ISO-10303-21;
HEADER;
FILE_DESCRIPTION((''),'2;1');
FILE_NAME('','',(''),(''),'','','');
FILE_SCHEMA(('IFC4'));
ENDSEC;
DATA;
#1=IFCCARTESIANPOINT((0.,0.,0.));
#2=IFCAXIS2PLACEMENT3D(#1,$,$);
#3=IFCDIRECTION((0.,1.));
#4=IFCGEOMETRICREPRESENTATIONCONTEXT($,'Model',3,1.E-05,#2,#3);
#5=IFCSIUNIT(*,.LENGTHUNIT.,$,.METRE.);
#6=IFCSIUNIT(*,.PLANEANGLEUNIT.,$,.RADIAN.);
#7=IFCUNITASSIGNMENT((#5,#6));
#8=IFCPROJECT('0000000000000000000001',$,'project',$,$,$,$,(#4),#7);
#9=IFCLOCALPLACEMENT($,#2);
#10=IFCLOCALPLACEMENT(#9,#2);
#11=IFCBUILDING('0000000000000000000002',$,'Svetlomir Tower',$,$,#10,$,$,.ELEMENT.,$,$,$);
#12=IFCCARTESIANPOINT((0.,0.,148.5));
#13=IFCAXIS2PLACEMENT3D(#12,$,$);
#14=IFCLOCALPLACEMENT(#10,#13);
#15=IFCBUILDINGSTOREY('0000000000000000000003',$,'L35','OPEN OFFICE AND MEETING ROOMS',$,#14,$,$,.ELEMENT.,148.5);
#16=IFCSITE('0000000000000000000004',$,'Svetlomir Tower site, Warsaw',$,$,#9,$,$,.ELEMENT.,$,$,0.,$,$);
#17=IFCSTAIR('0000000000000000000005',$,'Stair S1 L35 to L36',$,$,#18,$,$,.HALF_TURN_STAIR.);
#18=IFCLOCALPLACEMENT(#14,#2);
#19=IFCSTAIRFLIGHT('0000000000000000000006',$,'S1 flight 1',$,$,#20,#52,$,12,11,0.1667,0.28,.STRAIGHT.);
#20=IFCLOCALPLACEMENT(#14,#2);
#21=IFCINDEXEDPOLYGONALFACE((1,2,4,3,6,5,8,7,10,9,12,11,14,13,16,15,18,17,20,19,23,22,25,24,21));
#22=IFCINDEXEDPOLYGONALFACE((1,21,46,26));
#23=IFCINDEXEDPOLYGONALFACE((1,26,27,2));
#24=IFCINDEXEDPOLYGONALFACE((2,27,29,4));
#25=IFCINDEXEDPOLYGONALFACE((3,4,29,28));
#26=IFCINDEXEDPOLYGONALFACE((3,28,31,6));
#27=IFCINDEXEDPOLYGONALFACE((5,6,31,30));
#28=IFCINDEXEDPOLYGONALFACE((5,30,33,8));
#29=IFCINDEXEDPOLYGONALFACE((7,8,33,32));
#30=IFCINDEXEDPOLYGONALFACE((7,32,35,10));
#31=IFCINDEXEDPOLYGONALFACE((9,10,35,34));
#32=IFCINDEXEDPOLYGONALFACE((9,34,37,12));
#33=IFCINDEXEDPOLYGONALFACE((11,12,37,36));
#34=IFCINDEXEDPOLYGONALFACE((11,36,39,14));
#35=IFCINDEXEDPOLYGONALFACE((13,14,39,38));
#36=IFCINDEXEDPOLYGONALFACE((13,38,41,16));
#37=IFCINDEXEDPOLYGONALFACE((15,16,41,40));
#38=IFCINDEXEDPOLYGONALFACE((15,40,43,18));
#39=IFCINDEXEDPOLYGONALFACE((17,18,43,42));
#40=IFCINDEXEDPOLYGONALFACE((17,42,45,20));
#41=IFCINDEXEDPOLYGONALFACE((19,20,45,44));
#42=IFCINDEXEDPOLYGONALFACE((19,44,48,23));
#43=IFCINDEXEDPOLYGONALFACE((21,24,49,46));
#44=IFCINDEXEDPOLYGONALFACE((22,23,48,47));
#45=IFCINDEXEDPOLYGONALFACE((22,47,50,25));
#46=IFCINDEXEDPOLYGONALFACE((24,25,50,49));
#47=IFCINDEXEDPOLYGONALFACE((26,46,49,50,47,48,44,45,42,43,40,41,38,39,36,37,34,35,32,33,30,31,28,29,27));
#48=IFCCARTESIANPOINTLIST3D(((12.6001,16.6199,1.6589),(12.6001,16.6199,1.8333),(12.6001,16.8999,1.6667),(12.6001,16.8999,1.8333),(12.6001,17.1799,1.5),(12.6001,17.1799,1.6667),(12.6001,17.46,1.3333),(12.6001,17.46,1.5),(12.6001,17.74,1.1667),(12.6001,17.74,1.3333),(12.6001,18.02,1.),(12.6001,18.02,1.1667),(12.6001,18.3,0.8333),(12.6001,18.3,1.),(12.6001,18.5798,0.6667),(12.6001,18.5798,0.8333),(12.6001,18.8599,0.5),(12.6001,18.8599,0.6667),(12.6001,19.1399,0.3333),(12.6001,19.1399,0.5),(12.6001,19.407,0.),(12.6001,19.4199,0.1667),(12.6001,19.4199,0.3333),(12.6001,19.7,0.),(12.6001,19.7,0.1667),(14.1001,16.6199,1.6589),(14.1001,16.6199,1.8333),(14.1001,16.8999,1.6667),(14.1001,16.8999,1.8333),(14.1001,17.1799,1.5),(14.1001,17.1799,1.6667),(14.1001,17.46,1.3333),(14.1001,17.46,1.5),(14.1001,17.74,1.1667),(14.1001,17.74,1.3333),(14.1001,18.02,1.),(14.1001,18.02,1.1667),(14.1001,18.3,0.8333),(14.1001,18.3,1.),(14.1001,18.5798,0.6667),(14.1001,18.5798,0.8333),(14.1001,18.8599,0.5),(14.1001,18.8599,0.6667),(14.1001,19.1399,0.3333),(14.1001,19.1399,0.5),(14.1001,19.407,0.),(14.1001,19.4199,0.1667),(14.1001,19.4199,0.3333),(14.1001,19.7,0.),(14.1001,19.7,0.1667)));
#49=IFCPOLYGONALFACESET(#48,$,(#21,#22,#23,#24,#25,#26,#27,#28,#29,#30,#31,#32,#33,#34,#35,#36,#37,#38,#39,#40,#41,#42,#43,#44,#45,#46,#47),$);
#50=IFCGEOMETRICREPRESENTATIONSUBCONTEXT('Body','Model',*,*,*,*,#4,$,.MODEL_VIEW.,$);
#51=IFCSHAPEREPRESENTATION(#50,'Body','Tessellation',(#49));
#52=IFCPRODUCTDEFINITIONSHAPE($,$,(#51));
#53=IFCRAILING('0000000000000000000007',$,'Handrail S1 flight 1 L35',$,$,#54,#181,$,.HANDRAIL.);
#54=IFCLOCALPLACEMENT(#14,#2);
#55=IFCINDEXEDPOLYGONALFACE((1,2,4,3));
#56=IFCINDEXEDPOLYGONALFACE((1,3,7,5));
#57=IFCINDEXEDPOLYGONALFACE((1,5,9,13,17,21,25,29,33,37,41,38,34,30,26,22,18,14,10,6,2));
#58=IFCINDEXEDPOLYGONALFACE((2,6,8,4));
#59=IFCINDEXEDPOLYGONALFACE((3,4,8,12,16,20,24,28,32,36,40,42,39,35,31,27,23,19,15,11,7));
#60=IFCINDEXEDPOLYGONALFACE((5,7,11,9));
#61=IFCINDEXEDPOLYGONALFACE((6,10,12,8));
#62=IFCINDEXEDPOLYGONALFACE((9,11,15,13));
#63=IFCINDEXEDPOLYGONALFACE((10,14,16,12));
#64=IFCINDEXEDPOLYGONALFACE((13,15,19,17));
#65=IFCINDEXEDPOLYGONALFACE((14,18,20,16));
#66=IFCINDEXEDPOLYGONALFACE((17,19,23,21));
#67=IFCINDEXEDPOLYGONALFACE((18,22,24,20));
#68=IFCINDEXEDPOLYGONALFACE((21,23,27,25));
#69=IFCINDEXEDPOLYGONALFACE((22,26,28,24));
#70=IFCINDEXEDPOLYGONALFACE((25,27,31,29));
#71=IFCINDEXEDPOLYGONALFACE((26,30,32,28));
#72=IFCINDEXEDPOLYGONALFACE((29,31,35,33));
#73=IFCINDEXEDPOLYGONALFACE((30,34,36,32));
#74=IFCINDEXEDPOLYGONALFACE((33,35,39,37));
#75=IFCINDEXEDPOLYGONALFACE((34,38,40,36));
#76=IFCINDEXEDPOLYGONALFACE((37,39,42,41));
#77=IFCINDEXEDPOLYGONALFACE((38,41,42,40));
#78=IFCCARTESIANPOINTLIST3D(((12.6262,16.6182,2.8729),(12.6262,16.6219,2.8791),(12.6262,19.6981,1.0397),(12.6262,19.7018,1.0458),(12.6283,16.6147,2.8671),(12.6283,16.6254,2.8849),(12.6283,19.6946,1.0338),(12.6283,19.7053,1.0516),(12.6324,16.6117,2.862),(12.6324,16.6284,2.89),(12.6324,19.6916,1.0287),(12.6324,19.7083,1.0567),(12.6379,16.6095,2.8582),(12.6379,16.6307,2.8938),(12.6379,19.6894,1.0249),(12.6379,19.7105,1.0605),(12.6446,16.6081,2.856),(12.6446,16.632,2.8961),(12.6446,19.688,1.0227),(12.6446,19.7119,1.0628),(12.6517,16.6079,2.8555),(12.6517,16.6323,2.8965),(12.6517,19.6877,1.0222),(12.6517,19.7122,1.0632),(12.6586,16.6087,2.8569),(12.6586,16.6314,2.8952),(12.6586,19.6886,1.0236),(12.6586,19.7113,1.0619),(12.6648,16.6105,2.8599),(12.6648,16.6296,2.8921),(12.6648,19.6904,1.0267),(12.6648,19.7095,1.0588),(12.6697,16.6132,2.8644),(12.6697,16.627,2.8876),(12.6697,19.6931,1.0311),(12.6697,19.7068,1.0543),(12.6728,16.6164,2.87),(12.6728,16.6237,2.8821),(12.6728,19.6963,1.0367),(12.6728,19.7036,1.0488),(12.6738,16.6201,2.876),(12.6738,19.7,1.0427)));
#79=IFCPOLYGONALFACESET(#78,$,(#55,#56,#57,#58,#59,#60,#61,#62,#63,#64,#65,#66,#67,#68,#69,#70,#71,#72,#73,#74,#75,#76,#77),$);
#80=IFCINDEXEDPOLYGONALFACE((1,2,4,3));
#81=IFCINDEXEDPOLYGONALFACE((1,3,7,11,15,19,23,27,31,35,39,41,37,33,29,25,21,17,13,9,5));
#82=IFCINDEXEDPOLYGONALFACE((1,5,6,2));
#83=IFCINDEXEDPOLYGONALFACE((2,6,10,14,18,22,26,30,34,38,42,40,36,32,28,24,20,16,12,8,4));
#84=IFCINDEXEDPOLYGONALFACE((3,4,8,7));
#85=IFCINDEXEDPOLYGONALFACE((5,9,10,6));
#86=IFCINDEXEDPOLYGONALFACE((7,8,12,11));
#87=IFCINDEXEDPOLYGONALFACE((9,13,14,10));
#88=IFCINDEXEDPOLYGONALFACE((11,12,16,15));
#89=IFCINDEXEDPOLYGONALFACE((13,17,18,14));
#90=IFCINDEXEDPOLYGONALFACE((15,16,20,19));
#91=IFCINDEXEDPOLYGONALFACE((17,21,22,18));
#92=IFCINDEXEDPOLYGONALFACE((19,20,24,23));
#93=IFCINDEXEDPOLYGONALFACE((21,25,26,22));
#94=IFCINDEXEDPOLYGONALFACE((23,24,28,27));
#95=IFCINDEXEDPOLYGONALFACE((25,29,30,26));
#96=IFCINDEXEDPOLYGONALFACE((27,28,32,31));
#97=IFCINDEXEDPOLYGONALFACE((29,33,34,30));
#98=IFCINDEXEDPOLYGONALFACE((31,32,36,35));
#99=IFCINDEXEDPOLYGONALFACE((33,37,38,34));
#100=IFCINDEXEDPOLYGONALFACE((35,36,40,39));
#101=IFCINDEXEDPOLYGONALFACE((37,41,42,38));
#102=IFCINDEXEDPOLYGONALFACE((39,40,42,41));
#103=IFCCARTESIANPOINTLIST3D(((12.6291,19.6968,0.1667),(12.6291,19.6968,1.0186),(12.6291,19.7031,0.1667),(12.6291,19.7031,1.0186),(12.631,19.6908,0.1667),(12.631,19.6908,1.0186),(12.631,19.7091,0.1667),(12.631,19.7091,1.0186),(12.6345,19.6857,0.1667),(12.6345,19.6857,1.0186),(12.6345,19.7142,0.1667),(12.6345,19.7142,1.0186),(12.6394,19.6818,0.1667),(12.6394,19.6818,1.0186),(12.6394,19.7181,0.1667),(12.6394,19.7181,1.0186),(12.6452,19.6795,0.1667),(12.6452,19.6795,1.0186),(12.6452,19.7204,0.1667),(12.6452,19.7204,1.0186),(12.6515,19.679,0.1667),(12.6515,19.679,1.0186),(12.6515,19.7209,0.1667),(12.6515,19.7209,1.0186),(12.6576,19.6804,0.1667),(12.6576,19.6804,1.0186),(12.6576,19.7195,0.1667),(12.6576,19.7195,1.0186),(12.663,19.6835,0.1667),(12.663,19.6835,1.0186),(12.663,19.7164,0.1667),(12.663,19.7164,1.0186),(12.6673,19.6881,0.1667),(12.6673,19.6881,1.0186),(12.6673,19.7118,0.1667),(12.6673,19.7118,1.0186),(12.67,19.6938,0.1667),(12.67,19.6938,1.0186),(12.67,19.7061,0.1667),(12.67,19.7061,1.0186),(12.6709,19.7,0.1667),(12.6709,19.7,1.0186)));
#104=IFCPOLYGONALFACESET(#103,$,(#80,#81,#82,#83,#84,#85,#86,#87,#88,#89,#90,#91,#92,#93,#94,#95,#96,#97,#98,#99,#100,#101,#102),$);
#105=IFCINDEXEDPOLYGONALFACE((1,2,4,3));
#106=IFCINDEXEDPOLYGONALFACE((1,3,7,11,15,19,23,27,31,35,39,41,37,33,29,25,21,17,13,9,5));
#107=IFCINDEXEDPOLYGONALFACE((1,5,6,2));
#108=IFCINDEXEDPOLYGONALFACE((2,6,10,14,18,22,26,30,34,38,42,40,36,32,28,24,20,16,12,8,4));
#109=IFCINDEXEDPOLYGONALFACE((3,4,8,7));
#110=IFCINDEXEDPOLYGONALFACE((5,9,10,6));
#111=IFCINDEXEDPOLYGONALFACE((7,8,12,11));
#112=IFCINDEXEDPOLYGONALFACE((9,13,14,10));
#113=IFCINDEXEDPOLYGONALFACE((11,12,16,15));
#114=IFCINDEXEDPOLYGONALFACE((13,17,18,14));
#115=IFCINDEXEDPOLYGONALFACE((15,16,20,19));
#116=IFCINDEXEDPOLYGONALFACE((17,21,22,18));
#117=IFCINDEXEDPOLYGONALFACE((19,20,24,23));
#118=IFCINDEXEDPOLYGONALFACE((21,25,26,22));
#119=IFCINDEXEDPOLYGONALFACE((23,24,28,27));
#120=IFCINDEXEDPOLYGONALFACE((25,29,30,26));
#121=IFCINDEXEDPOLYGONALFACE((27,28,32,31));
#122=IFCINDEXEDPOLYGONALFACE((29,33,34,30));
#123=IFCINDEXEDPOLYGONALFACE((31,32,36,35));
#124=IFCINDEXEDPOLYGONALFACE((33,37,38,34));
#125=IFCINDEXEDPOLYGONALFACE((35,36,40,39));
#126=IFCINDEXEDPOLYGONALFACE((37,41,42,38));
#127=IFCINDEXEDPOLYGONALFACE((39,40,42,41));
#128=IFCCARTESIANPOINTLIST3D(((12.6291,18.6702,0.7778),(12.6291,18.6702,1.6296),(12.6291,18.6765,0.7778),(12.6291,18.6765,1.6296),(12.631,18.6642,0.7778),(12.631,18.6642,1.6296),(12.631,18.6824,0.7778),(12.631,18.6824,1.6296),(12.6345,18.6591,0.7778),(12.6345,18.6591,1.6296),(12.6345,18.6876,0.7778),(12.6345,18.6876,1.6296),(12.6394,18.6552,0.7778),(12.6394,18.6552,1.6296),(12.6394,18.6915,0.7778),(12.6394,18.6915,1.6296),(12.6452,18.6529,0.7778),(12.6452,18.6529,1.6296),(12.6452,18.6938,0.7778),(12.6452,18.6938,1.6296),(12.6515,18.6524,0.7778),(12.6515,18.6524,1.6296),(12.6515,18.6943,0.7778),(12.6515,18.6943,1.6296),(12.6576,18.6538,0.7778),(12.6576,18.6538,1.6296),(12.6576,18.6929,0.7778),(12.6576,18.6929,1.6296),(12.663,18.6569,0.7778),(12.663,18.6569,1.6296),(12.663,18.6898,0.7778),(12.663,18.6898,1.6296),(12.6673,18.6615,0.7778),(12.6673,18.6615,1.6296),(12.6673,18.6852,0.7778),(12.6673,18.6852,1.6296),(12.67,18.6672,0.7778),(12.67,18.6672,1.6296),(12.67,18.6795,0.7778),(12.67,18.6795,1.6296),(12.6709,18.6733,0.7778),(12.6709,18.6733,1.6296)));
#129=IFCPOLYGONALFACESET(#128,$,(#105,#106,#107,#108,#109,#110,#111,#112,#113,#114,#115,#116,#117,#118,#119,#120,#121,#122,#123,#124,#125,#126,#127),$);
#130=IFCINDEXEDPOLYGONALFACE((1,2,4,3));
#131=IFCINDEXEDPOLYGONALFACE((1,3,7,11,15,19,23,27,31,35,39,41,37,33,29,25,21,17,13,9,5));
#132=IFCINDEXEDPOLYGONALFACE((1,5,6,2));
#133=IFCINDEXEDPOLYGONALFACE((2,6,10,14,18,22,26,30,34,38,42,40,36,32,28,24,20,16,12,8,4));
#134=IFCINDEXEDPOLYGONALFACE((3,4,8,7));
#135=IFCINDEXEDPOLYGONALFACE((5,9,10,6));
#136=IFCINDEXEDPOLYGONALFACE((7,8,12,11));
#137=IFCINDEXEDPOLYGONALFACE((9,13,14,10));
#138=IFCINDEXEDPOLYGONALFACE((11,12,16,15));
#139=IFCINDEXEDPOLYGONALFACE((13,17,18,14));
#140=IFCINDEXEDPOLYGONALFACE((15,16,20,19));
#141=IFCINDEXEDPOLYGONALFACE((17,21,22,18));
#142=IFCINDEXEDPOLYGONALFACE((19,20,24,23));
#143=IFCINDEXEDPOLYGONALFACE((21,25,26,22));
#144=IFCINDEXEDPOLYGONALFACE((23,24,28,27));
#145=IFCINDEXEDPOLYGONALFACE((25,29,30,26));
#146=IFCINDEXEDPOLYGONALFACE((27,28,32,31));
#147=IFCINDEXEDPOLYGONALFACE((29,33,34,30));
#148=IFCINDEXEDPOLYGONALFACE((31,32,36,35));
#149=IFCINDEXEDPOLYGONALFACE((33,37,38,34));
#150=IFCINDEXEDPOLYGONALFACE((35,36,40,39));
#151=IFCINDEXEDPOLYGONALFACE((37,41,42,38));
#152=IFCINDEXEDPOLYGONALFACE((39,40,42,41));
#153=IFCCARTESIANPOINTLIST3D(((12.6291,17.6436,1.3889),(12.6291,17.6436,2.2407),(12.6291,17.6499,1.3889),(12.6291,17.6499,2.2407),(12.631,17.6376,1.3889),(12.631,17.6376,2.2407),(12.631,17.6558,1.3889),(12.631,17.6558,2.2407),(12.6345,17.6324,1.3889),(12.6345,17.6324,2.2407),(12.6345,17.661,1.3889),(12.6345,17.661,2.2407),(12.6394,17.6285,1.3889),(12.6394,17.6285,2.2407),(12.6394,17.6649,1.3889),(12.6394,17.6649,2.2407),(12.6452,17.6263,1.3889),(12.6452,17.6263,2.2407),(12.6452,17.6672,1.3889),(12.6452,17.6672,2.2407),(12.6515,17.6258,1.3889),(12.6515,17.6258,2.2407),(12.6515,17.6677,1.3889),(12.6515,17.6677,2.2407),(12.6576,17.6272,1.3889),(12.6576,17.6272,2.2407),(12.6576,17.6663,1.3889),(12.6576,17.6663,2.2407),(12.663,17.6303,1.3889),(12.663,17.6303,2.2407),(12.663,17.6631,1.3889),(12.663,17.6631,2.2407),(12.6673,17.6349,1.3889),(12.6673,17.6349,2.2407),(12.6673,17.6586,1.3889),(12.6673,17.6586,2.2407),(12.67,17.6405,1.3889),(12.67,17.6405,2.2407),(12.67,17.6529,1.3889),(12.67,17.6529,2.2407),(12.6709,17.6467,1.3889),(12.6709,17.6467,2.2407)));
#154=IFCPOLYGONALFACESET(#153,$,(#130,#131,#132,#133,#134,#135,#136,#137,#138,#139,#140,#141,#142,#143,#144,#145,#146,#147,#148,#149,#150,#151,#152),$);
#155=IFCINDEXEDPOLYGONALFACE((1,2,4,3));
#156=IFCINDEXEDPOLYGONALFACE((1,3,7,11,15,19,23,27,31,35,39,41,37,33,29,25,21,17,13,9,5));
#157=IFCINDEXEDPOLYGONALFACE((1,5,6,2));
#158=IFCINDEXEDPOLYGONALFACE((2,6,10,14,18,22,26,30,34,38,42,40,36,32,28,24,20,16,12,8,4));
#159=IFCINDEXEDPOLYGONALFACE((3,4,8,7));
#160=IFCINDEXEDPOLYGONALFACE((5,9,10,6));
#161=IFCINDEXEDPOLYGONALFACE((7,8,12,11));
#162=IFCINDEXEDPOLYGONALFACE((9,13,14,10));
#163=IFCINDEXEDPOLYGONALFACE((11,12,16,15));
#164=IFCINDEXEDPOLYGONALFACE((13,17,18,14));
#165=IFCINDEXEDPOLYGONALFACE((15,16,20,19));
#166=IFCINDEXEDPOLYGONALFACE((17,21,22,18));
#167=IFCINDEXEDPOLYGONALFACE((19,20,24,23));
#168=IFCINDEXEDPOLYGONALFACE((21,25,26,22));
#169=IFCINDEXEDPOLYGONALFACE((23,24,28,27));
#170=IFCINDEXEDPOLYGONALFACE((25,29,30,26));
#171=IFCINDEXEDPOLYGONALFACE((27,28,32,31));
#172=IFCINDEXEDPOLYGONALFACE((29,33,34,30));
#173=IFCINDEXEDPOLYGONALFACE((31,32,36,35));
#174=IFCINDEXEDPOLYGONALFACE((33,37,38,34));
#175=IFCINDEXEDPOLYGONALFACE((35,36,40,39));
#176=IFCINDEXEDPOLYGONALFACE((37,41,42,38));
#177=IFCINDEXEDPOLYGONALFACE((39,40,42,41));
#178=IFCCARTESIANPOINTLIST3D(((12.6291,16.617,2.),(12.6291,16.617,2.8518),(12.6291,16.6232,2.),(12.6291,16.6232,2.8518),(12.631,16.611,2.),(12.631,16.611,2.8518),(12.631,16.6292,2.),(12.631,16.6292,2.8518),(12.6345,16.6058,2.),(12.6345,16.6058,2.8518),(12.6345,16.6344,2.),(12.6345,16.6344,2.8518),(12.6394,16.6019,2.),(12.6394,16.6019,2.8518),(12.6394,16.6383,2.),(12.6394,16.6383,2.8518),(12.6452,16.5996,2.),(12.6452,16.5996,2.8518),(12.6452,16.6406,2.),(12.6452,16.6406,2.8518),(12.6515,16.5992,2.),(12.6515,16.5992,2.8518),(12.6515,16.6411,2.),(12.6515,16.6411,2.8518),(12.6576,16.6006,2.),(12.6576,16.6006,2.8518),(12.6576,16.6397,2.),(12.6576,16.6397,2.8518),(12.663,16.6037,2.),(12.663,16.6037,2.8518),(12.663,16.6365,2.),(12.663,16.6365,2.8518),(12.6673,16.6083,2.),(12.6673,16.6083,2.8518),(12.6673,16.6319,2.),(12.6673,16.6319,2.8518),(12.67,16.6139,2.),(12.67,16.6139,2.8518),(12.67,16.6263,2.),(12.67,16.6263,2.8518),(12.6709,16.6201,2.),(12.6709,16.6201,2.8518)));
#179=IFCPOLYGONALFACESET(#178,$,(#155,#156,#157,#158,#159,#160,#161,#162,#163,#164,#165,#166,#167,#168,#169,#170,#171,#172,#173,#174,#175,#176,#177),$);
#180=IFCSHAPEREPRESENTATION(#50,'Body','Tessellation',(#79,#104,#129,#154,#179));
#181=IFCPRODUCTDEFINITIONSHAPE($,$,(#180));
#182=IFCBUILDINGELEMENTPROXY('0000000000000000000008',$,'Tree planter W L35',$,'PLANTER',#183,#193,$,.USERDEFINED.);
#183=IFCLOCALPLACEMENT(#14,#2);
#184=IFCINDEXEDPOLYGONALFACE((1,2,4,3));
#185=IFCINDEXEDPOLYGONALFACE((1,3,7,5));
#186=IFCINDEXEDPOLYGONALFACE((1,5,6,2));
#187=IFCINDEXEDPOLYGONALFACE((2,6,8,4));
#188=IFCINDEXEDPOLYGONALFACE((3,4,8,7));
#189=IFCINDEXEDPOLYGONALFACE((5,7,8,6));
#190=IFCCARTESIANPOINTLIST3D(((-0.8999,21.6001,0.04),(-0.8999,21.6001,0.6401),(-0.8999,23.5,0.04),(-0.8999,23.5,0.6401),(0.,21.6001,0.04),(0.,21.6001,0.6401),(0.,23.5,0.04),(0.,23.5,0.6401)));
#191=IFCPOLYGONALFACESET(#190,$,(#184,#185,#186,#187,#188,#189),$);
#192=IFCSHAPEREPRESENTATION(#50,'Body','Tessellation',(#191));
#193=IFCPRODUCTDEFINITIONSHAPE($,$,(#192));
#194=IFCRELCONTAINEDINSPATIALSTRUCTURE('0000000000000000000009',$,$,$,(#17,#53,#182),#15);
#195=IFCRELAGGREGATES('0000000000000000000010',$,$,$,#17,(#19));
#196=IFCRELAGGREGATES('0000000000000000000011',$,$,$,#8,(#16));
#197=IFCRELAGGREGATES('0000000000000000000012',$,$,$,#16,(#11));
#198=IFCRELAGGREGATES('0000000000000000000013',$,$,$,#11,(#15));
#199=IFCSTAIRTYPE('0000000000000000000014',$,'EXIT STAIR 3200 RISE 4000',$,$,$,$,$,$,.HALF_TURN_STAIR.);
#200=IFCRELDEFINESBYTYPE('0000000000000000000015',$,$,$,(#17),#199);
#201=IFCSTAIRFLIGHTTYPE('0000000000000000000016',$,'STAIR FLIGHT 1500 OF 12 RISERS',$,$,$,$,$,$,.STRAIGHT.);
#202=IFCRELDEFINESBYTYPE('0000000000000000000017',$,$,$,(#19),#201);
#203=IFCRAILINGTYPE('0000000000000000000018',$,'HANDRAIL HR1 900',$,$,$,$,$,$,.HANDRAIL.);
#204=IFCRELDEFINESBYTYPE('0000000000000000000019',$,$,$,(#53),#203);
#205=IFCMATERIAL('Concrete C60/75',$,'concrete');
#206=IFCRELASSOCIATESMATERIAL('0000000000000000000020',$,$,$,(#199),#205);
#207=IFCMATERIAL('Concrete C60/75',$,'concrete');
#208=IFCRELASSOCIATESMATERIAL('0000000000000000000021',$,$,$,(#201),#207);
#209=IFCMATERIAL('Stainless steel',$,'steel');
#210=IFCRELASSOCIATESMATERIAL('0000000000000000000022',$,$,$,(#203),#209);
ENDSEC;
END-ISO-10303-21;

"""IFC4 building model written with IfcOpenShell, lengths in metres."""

from ifc_helpers import new_model, si_unit, direction, frame, origin, origin_2d, place, context, subcontext, project, spatial, polyline, rectangle, circle, outline, extrude, material, type_object, element, aggregate, save


model = new_model("IFC4")

# Units and contexts
model_context = context("Model", 3, precision=1e-05, world=origin(), true_north=direction((0.0, 1.0)))
body_context = subcontext(model_context, "Body", "Model", "MODEL_VIEW")
ifc_project = project(units=[si_unit("LENGTHUNIT", "METRE"), si_unit("PLANEANGLEUNIT", "RADIAN")], contexts=[model_context])

# Site, building, storey
site_placement = place(None, origin())
site = spatial("IfcSite", under=ifc_project, at=site_placement, Name="Svetlomir Tower site, Warsaw", CompositionType="ELEMENT", RefElevation=0.0)
building_placement = place(site_placement, origin())
building = spatial("IfcBuilding", under=site, at=building_placement, Name="Svetlomir Tower", CompositionType="ELEMENT")
storey_placement = place(building_placement, frame((0.0, 0.0, 148.5)))
storey = spatial("IfcBuildingStorey", under=building, at=storey_placement, Name="L35", Description="OPEN OFFICE AND MEETING ROOMS", CompositionType="ELEMENT", Elevation=148.5)

# Stair, stair flight
ifc_material_1 = material(Name="Concrete C60/75", Category="concrete")
stair_type = type_object("IfcStairType", Name="EXIT STAIR 3200 RISE 4000", PredefinedType="HALF_TURN_STAIR", material=ifc_material_1)
stair_placement = place(storey_placement, origin())
stair = element("IfcStair", 1, at=stair_placement, inside=storey, type_object=stair_type, Name="Stair S1 L35 to L36", PredefinedType="HALF_TURN_STAIR")
ifc_material_2 = material(Name="Concrete C60/75", Category="concrete")
stair_flight_type = type_object("IfcStairFlightType", Name="STAIR FLIGHT 1500 OF 12 RISERS", PredefinedType="STRAIGHT", material=ifc_material_2)
stair_flight_placement = place(storey_placement, frame((13.3501, 19.7, 0.0), z_axis=(0.0, 0.0, 1.0), x_axis=(0.0, -1.0, 0.0)))
stair_flight = element("IfcStairFlight", 2, at=stair_flight_placement, type_object=stair_flight_type, Name="S1 flight 1", NumberOfRisers=12, NumberOfTreads=11, PredefinedType="STRAIGHT", RiserHeight=0.1667, TreadLength=0.28, context=body_context, shape_type="SweptSolid", body=[
    extrude(outline(polyline([(0.0, 0.0), (0.0, 0.1667), (0.28, 0.1667), (0.28, 0.3333), (0.5601, 0.3333), (0.5601, 0.5), (0.8401, 0.5), (0.8401, 0.6667), (1.1201, 0.6667), (1.1201, 0.8333), (1.3999, 0.8333), (1.3999, 1.0), (1.6799, 1.0), (1.6799, 1.1667), (1.96, 1.1667), (1.96, 1.3333), (2.24, 1.3333), (2.24, 1.5), (2.52, 1.5), (2.52, 1.6667), (2.8, 1.6667), (2.8, 1.8333), (3.0801, 1.8333), (3.0801, 2.0), (3.0801, 1.6589), (0.293, 0.0), (0.0, 0.0)])), frame((0.0, 0.75, 0.0), z_axis=(0.0, -1.0, 0.0), x_axis=(1.0, 0.0, 0.0)), (0.0, 0.0, 1.0), 1.5),
])
aggregate(stair, [stair_flight])

# Railing
ifc_material_3 = material(Name="Stainless steel", Category="steel")
railing_type = type_object("IfcRailingType", Name="HANDRAIL HR1 900", PredefinedType="HANDRAIL", material=ifc_material_3)
railing_placement = place(storey_placement, frame((12.6499, 19.7, 0.1667)))
element("IfcRailing", 3, at=railing_placement, inside=storey, type_object=railing_type, Name="Handrail S1 flight 1 L35", PredefinedType="HANDRAIL", context=body_context, shape_type="SweptSolid", body=[
    extrude(circle(Radius=0.0239, at=origin_2d()), frame((0.0, 0.0, 0.876), z_axis=(0.0, -0.859291, 0.511487), x_axis=(1.0, 0.0, 0.0)), (0.0, 0.0, 1.0), 3.5842),
    extrude(circle(Radius=0.021, at=origin_2d()), origin(), (0.0, 0.0, 1.0), 0.8518),
    extrude(circle(Radius=0.021, at=origin_2d()), frame((0.0, -1.0266, 0.6111)), (0.0, 0.0, 1.0), 0.8518),
    extrude(circle(Radius=0.021, at=origin_2d()), frame((0.0, -2.0532, 1.2222)), (0.0, 0.0, 1.0), 0.8518),
    extrude(circle(Radius=0.021, at=origin_2d()), frame((0.0, -3.0798, 1.8333)), (0.0, 0.0, 1.0), 0.8518),
])

# Building element proxy
proxy_placement = place(storey_placement, frame((-0.45, 22.55, 0.04), z_axis=(0.0, 0.0, 1.0), x_axis=(1.0, 0.0, 0.0)))
element("IfcBuildingElementProxy", 4, at=proxy_placement, inside=storey, Name="Tree planter W L35", ObjectType="PLANTER", PredefinedType="USERDEFINED", context=body_context, shape_type="SweptSolid", body=[
    extrude(rectangle(XDim=0.8999, YDim=1.8999, at=origin_2d()), origin(), (0.0, 0.0, 1.0), 0.6001),
])

save(model, "model.ifc")
